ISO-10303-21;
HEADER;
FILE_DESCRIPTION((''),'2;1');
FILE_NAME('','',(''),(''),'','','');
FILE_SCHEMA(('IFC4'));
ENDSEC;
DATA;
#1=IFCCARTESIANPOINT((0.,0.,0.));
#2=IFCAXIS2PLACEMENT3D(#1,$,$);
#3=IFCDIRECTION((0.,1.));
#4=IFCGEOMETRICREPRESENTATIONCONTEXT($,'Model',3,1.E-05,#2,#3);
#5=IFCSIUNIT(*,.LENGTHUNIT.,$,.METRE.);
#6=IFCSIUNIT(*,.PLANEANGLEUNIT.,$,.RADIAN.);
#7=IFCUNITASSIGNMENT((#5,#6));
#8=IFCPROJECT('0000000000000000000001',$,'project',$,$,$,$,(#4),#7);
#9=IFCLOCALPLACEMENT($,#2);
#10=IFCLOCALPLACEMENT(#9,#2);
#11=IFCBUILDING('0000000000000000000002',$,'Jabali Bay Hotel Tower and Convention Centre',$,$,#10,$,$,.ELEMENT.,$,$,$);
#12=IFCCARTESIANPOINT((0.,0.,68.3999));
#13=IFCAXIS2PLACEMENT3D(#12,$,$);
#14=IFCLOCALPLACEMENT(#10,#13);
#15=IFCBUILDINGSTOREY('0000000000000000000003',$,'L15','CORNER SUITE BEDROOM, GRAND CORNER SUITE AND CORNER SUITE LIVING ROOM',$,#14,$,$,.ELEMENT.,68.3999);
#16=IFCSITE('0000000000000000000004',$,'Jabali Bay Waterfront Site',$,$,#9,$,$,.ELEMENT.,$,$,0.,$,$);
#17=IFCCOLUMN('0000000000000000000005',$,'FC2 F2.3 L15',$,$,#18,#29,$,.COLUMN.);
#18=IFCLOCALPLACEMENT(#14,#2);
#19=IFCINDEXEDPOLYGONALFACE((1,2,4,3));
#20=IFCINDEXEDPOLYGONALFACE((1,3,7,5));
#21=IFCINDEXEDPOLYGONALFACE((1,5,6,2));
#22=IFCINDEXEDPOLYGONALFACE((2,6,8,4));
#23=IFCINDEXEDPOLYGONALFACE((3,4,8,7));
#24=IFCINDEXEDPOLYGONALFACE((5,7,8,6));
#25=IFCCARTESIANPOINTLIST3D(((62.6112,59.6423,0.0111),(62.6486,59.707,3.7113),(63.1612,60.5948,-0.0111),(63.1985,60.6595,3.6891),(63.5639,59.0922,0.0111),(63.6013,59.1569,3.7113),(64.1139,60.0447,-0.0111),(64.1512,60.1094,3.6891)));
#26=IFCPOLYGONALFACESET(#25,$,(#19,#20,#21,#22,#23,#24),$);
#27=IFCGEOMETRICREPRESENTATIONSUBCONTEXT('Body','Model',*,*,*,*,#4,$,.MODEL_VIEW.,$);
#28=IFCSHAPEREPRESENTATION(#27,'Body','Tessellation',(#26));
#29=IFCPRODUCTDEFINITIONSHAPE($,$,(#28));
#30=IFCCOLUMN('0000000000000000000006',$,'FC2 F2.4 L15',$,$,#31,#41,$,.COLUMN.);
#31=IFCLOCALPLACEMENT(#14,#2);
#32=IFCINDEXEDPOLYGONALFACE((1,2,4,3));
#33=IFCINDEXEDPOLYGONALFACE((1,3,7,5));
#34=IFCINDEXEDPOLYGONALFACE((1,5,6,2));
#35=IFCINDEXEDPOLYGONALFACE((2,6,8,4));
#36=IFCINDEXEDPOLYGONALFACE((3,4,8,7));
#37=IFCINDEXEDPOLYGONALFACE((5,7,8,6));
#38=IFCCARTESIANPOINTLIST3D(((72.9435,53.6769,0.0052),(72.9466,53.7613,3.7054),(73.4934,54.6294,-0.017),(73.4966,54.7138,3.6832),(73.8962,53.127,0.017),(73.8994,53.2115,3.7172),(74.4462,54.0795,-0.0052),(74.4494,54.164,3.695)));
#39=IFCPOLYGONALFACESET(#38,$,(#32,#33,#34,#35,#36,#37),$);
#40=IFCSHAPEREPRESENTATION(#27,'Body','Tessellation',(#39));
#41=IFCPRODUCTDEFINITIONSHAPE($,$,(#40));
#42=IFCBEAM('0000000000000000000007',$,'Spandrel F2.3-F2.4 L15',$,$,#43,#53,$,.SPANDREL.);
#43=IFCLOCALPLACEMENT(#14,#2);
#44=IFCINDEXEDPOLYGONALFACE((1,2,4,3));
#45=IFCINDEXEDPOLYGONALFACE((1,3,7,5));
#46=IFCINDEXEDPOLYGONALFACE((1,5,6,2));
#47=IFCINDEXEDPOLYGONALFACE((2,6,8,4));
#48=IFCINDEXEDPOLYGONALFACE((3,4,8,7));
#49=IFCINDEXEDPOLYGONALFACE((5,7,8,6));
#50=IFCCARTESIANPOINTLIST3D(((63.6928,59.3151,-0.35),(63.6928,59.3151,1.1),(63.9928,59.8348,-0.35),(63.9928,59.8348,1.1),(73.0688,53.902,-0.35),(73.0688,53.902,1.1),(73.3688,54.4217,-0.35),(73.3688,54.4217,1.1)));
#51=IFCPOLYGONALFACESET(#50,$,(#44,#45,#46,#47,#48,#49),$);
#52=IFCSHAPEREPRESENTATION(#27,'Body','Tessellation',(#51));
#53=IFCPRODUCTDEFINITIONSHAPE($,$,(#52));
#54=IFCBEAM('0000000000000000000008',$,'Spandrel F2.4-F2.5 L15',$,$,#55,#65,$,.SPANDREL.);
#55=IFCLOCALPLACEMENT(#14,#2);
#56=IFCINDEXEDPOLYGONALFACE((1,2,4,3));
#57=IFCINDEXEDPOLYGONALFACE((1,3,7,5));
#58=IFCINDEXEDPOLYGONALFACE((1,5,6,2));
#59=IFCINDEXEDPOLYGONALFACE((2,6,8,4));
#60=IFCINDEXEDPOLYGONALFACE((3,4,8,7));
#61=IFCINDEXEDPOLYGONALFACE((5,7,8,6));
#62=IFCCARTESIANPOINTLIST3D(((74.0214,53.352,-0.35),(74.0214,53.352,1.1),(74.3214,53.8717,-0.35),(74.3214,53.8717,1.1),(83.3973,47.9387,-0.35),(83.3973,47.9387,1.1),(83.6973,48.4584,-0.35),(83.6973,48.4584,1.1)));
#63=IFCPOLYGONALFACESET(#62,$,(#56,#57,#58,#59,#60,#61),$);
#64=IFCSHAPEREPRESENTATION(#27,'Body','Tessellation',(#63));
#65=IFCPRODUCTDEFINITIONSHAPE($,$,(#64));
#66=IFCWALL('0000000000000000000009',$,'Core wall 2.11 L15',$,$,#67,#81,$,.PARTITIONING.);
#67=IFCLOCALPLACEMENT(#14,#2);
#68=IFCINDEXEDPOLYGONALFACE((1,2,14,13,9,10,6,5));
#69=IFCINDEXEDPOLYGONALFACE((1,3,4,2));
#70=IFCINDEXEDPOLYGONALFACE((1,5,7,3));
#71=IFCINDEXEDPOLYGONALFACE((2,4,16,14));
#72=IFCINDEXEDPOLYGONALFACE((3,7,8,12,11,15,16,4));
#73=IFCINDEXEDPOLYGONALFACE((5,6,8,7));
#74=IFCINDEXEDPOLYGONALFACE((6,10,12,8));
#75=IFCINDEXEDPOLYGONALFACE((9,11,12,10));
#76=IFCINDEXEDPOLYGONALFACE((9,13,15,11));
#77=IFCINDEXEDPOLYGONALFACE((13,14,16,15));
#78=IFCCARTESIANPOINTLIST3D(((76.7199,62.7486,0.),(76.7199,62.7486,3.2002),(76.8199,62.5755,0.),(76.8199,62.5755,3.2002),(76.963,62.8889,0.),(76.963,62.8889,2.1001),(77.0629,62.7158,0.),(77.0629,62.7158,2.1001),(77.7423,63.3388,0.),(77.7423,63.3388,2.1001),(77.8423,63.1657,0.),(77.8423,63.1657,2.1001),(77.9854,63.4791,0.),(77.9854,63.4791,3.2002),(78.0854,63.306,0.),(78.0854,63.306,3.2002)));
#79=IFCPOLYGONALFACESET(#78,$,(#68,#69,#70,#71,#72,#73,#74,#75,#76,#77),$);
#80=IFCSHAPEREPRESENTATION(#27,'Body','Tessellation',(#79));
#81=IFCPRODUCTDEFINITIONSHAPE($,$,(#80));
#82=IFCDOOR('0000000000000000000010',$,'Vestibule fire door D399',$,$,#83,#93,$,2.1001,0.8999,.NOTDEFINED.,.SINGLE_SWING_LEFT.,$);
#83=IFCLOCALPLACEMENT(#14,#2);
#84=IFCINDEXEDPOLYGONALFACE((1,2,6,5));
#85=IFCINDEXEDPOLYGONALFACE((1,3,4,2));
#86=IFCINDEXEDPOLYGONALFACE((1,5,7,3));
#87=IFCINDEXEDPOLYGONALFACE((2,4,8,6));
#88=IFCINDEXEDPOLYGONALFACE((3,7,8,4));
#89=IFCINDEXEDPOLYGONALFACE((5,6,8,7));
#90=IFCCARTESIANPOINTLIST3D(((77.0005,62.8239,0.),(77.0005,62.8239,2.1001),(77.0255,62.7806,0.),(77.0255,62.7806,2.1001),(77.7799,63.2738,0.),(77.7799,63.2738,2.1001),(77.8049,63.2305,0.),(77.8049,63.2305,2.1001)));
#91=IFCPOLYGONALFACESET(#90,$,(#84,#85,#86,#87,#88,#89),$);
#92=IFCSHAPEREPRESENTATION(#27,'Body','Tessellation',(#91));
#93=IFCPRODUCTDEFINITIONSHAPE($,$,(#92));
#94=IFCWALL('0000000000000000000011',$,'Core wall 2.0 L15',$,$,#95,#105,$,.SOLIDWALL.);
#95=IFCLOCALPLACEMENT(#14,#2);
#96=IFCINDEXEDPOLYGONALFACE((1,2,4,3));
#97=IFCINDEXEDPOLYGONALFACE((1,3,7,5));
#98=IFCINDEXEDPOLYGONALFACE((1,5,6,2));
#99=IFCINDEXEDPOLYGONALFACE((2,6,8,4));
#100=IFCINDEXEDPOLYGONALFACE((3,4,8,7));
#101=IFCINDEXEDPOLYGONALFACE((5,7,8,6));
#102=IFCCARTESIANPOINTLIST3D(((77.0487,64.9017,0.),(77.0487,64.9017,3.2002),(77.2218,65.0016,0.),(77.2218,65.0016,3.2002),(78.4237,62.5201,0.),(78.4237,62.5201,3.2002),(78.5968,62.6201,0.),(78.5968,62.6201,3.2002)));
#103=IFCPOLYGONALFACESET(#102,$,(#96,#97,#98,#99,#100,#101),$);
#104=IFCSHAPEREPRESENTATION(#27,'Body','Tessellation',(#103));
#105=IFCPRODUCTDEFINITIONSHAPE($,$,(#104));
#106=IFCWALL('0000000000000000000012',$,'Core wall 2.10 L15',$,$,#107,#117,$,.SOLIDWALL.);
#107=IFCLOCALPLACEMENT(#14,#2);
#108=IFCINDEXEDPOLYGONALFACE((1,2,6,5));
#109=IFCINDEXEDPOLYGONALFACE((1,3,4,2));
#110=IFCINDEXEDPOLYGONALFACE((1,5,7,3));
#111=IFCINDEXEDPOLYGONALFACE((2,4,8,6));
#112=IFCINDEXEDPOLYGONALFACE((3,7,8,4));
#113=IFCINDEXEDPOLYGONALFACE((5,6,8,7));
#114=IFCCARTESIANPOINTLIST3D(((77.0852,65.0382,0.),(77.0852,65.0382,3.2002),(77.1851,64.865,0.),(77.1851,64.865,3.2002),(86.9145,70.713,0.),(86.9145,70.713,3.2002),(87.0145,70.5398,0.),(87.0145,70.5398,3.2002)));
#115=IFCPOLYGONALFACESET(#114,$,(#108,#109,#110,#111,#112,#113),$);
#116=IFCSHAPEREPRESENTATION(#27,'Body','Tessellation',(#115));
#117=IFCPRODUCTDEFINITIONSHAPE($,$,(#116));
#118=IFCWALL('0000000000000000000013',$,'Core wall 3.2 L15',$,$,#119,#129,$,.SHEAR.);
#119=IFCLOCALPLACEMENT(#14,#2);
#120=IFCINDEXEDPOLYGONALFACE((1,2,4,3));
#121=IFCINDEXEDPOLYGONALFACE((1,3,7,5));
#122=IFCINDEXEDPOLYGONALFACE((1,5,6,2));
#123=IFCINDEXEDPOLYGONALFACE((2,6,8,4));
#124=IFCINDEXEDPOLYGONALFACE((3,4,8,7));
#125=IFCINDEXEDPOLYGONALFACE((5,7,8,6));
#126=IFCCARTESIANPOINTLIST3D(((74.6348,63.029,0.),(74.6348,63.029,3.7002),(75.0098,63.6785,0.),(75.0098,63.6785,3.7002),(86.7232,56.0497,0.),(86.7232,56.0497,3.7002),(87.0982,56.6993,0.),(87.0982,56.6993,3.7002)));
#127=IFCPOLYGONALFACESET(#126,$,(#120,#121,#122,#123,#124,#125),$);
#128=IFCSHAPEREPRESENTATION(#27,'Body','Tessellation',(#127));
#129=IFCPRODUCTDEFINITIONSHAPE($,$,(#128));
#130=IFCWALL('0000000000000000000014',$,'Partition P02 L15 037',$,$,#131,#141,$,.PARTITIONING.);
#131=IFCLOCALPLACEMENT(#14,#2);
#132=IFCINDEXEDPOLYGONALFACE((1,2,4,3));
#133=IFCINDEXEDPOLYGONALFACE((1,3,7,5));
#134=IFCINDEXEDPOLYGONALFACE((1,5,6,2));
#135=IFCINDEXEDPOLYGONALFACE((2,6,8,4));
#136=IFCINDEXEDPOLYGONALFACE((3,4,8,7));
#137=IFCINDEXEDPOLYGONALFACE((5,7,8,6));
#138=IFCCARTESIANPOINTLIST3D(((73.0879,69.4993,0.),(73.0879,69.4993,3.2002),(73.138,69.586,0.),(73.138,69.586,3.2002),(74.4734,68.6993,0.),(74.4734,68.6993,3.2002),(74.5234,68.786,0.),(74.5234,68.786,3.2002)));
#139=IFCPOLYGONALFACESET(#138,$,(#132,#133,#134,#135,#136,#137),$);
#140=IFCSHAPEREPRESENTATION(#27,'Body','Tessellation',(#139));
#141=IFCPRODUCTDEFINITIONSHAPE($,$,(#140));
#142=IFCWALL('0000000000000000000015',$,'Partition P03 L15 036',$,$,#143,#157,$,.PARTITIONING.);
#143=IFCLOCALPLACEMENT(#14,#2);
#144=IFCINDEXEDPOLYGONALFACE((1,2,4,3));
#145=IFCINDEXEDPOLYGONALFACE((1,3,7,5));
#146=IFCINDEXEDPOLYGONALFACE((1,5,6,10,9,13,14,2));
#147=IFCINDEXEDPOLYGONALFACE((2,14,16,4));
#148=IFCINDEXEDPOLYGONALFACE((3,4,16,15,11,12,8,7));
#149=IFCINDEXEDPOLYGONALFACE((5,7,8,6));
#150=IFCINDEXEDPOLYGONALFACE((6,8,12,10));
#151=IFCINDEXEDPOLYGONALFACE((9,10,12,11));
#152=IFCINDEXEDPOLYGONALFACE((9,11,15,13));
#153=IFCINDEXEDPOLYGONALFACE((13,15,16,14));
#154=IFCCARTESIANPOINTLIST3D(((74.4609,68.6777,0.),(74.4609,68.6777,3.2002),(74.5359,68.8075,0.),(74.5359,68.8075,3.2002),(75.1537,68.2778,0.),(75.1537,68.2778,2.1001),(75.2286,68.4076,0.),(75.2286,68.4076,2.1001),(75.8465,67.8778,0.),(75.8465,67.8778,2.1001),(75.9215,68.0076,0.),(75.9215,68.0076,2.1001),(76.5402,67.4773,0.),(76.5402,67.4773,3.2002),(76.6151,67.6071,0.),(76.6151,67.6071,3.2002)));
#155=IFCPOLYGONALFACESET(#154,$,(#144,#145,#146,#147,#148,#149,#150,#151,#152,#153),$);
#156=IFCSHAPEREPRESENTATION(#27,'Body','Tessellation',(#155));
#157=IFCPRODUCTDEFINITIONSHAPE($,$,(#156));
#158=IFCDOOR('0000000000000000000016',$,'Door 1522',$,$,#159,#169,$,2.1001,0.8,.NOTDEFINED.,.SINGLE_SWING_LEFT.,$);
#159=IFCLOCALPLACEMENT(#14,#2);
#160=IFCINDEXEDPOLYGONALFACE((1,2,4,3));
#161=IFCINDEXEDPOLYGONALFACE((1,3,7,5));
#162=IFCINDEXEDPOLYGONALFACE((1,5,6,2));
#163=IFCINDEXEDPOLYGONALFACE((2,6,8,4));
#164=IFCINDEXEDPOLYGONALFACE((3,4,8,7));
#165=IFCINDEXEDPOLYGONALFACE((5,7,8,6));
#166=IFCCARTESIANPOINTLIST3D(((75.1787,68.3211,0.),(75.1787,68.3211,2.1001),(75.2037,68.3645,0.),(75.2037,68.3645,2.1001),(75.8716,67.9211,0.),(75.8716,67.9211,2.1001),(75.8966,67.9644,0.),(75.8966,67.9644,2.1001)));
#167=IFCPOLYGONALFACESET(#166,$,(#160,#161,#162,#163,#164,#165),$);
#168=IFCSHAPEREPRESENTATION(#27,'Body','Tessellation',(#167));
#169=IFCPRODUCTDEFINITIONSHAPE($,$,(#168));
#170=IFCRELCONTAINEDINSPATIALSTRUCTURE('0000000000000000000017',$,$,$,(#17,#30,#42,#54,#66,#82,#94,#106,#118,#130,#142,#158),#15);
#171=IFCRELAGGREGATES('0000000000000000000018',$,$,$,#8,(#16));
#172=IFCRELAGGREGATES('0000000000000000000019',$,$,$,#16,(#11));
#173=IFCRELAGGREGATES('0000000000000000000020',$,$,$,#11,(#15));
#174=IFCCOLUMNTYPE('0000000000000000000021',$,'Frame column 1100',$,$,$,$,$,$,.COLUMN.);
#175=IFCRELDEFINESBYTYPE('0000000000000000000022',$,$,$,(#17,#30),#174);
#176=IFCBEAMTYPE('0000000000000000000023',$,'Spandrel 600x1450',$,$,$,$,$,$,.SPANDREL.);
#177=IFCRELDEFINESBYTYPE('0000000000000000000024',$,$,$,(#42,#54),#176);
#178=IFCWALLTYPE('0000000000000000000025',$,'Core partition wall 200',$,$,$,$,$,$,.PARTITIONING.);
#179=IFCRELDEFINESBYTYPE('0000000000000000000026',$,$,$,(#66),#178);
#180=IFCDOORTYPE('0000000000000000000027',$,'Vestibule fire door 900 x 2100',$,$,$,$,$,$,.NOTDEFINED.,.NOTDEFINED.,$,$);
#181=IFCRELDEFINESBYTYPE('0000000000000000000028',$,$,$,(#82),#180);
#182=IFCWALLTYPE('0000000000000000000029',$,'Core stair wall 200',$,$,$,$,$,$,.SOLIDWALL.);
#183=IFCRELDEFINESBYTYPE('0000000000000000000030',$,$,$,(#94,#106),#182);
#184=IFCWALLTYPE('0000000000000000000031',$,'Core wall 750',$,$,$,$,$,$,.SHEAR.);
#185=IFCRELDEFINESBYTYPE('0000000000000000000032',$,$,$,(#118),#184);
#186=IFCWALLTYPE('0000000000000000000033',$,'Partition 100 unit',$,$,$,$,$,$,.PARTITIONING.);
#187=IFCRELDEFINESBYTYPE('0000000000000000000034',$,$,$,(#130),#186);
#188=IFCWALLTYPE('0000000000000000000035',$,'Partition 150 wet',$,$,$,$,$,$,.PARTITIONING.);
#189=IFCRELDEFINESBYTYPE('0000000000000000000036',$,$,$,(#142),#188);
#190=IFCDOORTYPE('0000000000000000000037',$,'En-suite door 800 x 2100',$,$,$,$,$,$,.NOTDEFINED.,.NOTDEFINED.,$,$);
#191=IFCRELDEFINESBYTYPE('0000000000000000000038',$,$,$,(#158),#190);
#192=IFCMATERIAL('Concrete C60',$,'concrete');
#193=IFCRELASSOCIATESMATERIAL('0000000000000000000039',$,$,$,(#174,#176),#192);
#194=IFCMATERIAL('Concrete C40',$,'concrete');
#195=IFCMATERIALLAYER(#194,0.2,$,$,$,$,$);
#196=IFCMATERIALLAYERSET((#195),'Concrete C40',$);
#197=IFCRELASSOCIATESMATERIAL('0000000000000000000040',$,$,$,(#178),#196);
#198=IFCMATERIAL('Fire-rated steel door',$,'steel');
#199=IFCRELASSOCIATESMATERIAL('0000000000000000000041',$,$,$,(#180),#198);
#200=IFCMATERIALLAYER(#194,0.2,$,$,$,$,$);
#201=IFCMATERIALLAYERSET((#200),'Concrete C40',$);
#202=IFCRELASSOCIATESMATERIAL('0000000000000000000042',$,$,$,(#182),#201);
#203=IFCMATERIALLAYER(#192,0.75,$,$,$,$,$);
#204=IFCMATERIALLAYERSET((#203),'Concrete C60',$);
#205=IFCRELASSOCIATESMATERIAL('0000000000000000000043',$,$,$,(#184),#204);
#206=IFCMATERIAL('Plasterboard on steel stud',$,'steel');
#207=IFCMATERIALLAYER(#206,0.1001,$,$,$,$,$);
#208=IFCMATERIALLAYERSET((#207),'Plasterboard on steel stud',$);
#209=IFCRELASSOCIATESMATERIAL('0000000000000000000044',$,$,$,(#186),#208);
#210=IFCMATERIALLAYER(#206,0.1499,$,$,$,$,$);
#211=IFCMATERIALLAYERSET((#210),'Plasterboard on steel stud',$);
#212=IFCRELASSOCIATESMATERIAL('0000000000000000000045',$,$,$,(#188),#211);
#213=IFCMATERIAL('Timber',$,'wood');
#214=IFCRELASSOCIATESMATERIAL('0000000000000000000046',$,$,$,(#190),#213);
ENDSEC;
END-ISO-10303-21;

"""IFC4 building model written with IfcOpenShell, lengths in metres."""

from ifc_helpers import new_model, si_unit, direction, frame, frame_2d, origin, origin_2d, place, context, subcontext, project, spatial, rectangle, extrude, material, layer, layer_set, material_profile, profile_set, type_object, element, fill, save


model = new_model("IFC4")

# Units and contexts
model_context = context("Model", 3, precision=1e-05, world=origin(), true_north=direction((0.0, 1.0)))
body_context = subcontext(model_context, "Body", "Model", "MODEL_VIEW")
ifc_project = project(units=[si_unit("LENGTHUNIT", "METRE"), si_unit("PLANEANGLEUNIT", "RADIAN")], contexts=[model_context])

# Site, building, storey
site_placement = place(None, origin())
site = spatial("IfcSite", under=ifc_project, at=site_placement, Name="Jabali Bay Waterfront Site", CompositionType="ELEMENT", RefElevation=0.0)
building_placement = place(site_placement, origin())
building = spatial("IfcBuilding", under=site, at=building_placement, Name="Jabali Bay Hotel Tower and Convention Centre", CompositionType="ELEMENT")
storey_placement = place(building_placement, frame((0.0, 0.0, 68.3999)))
storey = spatial("IfcBuildingStorey", under=building, at=storey_placement, Name="L15", Description="CORNER SUITE BEDROOM, GRAND CORNER SUITE AND CORNER SUITE LIVING ROOM", CompositionType="ELEMENT", Elevation=68.3999)

# Columns
ifc_material_1 = material(Name="Concrete C60", Category="concrete")
ifc_material_profile_1 = material_profile(ifc_material_1, rectangle(XDim=1.1001, YDim=1.1001, at=origin_2d()), Name="Frame column 1100")
ifc_profile_set_1 = profile_set([ifc_material_profile_1], Name="Concrete C60")
column_type = type_object("IfcColumnType", Name="Frame column 1100", PredefinedType="COLUMN", material=ifc_profile_set_1)
column_1_placement = place(storey_placement, frame((63.3625, 59.8435, 0.0), z_axis=(0.010093, 0.017481, 0.999796), x_axis=(-0.499907, -0.865844, 0.020186)))
element("IfcColumn", 1, at=column_1_placement, inside=storey, type_object=column_type, Name="FC2 F2.3 L15", PredefinedType="COLUMN", context=body_context, shape_type="SweptSolid", body=[
    extrude(rectangle(XDim=1.1001, YDim=1.1001, at=origin_2d()), origin(), (0.0, 0.0, 1.0), 3.7009),
])
column_2_placement = place(storey_placement, frame((73.6948, 53.8782, 0.0), z_axis=(0.000858, 0.022823, 0.999739), x_axis=(-0.499949, -0.865819, 0.020195)))
element("IfcColumn", 2, at=column_2_placement, inside=storey, type_object=column_type, Name="FC2 F2.4 L15", PredefinedType="COLUMN", context=body_context, shape_type="SweptSolid", body=[
    extrude(rectangle(XDim=1.1001, YDim=1.1001, at=origin_2d()), origin(), (0.0, 0.0, 1.0), 3.7012),
])

# Beams
ifc_material_profile_2 = material_profile(ifc_material_1, rectangle(XDim=0.6001, YDim=1.45, at=origin_2d()), Name="Spandrel 600x1450")
ifc_profile_set_2 = profile_set([ifc_material_profile_2], Name="Concrete C60")
beam_type = type_object("IfcBeamType", Name="Spandrel 600x1450", PredefinedType="SPANDREL", material=ifc_profile_set_2)
for number, where, z_axis, x_axis, name in (
    (3, (63.8428, 59.575, 0.375), (0.866031, -0.499991, 0.0), (0.499991, 0.866031, 0.0), "Spandrel F2.3-F2.4 L15"),
    (4, (74.1714, 53.6118, 0.375), (0.866021, -0.500007, 0.0), (0.500007, 0.866021, 0.0), "Spandrel F2.4-F2.5 L15"),
):
    element("IfcBeam", number, at=place(storey_placement, frame(where, z_axis=z_axis, x_axis=x_axis)), inside=storey, type_object=beam_type, Name=name, PredefinedType="SPANDREL", context=body_context, shape_type="SweptSolid", body=[
        extrude(rectangle(XDim=0.6001, YDim=1.45, at=origin_2d()), origin(), (0.0, 0.0, 1.0), 10.8264),
    ])

# Wall, opening, door
ifc_material_2 = material(Name="Concrete C40", Category="concrete")
ifc_layer_1 = layer(ifc_material_2, 0.2)
ifc_layer_set_1 = layer_set([ifc_layer_1], Name="Concrete C40")
wall_type_1 = type_object("IfcWallType", Name="Core partition wall 200", PredefinedType="PARTITIONING", material=ifc_layer_set_1)
wall_1_placement = place(storey_placement, frame((76.77, 62.6621, 0.0), z_axis=(0.0, 0.0, 1.0), x_axis=(0.866055, 0.499949, 0.0)))
wall_1 = element("IfcWall", 5, at=wall_1_placement, inside=storey, type_object=wall_type_1, Name="Core wall 2.11 L15", PredefinedType="PARTITIONING", context=body_context, shape_type="SweptSolid", body=[
    extrude(rectangle(XDim=1.4612, YDim=0.2, at=frame_2d((0.7305, 0.0))), origin(), (0.0, 0.0, 1.0), 3.2002),
])
opening_1_placement = place(wall_1_placement, frame((0.2805, 0.0, 0.0)))
opening_1 = element("IfcOpeningElement", 6, at=opening_1_placement, cuts=wall_1, PredefinedType="OPENING", context=body_context, shape_type="SweptSolid", body=[
    extrude(rectangle(XDim=0.8999, YDim=2.1001, at=frame_2d((0.45, 1.05))), frame((0.0, 0.1104, 0.0), z_axis=(0.0, -1.0, 0.0), x_axis=(1.0, 0.0, 0.0)), (0.0, 0.0, 1.0), 0.2209),
])
ifc_material_3 = material(Name="Fire-rated steel door", Category="steel")
door_type_1 = type_object("IfcDoorType", Name="Vestibule fire door 900 x 2100", OperationType="NOTDEFINED", PredefinedType="NOTDEFINED", material=ifc_material_3)
door_1_placement = place(opening_1_placement, origin())
door_1 = element("IfcDoor", 7, at=door_1_placement, inside=storey, type_object=door_type_1, Name="Vestibule fire door D399", OperationType="SINGLE_SWING_LEFT", OverallHeight=2.1001, OverallWidth=0.8999, PredefinedType="NOTDEFINED", context=body_context, shape_type="SweptSolid", body=[
    extrude(rectangle(XDim=0.8999, YDim=2.1001, at=frame_2d((0.45, 1.05))), frame((0.0, 0.0249, 0.0), z_axis=(0.0, -1.0, 0.0), x_axis=(1.0, 0.0, 0.0)), (0.0, 0.0, 1.0), 0.05),
])
fill(opening_1, door_1)

# Walls
ifc_layer_2 = layer(ifc_material_2, 0.2)
ifc_layer_set_2 = layer_set([ifc_layer_2], Name="Concrete C40")
wall_type_2 = type_object("IfcWallType", Name="Core stair wall 200", PredefinedType="SOLIDWALL", material=ifc_layer_set_2)
wall_2_placement = place(storey_placement, frame((77.1353, 64.9517, 0.0), z_axis=(0.0, 0.0, 1.0), x_axis=(0.499997, -0.866027, 0.0)))
element("IfcWall", 8, at=wall_2_placement, inside=storey, type_object=wall_type_2, Name="Core wall 2.0 L15", PredefinedType="SOLIDWALL", context=body_context, shape_type="SweptSolid", body=[
    extrude(rectangle(XDim=2.75, YDim=0.2, at=frame_2d((1.375, 0.0))), origin(), (0.0, 0.0, 1.0), 3.2002),
])
wall_3_placement = place(storey_placement, frame((77.1353, 64.9517, 0.0), z_axis=(0.0, 0.0, 1.0), x_axis=(0.866032, 0.499989, 0.0)))
element("IfcWall", 9, at=wall_3_placement, inside=storey, type_object=wall_type_2, Name="Core wall 2.10 L15", PredefinedType="SOLIDWALL", context=body_context, shape_type="SweptSolid", body=[
    extrude(rectangle(XDim=11.3499, YDim=0.2, at=frame_2d((5.6748, 0.0))), origin(), (0.0, 0.0, 1.0), 3.2002),
])
ifc_layer_3 = layer(ifc_material_1, 0.75)
ifc_layer_set_3 = layer_set([ifc_layer_3], Name="Concrete C60")
wall_type_3 = type_object("IfcWallType", Name="Core wall 750", PredefinedType="SHEAR", material=ifc_layer_set_3)
wall_4_placement = place(storey_placement, frame((74.8223, 63.3538, 0.0), z_axis=(0.0, 0.0, 1.0), x_axis=(0.866025, -0.500001, 0.0)))
element("IfcWall", 10, at=wall_4_placement, inside=storey, type_object=wall_type_3, Name="Core wall 3.2 L15", PredefinedType="SHEAR", context=body_context, shape_type="SweptSolid", body=[
    extrude(rectangle(XDim=13.9585, YDim=0.75, at=frame_2d((6.9792, 0.0))), origin(), (0.0, 0.0, 1.0), 3.7002),
])
ifc_material_4 = material(Name="Plasterboard on steel stud", Category="steel")
ifc_layer_4 = layer(ifc_material_4, 0.1001)
ifc_layer_set_4 = layer_set([ifc_layer_4], Name="Plasterboard on steel stud")
wall_type_4 = type_object("IfcWallType", Name="Partition 100 unit", PredefinedType="PARTITIONING", material=ifc_layer_set_4)
wall_5_placement = place(storey_placement, frame((74.4983, 68.7427, 0.0), z_axis=(0.0, 0.0, 1.0), x_axis=(-0.86599, 0.500061, 0.0)))
element("IfcWall", 11, at=wall_5_placement, inside=storey, type_object=wall_type_4, Name="Partition P02 L15 037", PredefinedType="PARTITIONING", context=body_context, shape_type="SweptSolid", body=[
    extrude(rectangle(XDim=1.5999, YDim=0.1001, at=frame_2d((0.7998, 0.0))), origin(), (0.0, 0.0, 1.0), 3.2002),
])

# Wall, opening, door
ifc_layer_5 = layer(ifc_material_4, 0.1499)
ifc_layer_set_5 = layer_set([ifc_layer_5], Name="Plasterboard on steel stud")
wall_type_5 = type_object("IfcWallType", Name="Partition 150 wet", PredefinedType="PARTITIONING", material=ifc_layer_set_5)
wall_6_placement = place(storey_placement, frame((76.5776, 67.5422, 0.0), z_axis=(0.0, 0.0, 1.0), x_axis=(-0.866038, 0.499978, 0.0)))
wall_6 = element("IfcWall", 12, at=wall_6_placement, inside=storey, type_object=wall_type_5, Name="Partition P03 L15 036", PredefinedType="PARTITIONING", context=body_context, shape_type="SweptSolid", body=[
    extrude(rectangle(XDim=2.4009, YDim=0.1499, at=frame_2d((1.2004, 0.0))), origin(), (0.0, 0.0, 1.0), 3.2002),
])
opening_2_placement = place(wall_6_placement, frame((0.801, 0.0, 0.0)))
opening_2 = element("IfcOpeningElement", 13, at=opening_2_placement, cuts=wall_6, PredefinedType="OPENING", context=body_context, shape_type="SweptSolid", body=[
    extrude(rectangle(XDim=0.8, YDim=2.1001, at=frame_2d((0.3999, 1.05))), frame((0.0, 0.0854, 0.0), z_axis=(0.0, -1.0, 0.0), x_axis=(1.0, 0.0, 0.0)), (0.0, 0.0, 1.0), 0.1709),
])
ifc_material_5 = material(Name="Timber", Category="wood")
door_type_2 = type_object("IfcDoorType", Name="En-suite door 800 x 2100", OperationType="NOTDEFINED", PredefinedType="NOTDEFINED", material=ifc_material_5)
door_2_placement = place(opening_2_placement, origin())
door_2 = element("IfcDoor", 14, at=door_2_placement, inside=storey, type_object=door_type_2, Name="Door 1522", OperationType="SINGLE_SWING_LEFT", OverallHeight=2.1001, OverallWidth=0.8, PredefinedType="NOTDEFINED", context=body_context, shape_type="SweptSolid", body=[
    extrude(rectangle(XDim=0.8, YDim=2.1001, at=frame_2d((0.3999, 1.05))), frame((0.0, 0.0249, 0.0), z_axis=(0.0, -1.0, 0.0), x_axis=(1.0, 0.0, 0.0)), (0.0, 0.0, 1.0), 0.05),
])
fill(opening_2, door_2)

save(model, "model.ifc")
